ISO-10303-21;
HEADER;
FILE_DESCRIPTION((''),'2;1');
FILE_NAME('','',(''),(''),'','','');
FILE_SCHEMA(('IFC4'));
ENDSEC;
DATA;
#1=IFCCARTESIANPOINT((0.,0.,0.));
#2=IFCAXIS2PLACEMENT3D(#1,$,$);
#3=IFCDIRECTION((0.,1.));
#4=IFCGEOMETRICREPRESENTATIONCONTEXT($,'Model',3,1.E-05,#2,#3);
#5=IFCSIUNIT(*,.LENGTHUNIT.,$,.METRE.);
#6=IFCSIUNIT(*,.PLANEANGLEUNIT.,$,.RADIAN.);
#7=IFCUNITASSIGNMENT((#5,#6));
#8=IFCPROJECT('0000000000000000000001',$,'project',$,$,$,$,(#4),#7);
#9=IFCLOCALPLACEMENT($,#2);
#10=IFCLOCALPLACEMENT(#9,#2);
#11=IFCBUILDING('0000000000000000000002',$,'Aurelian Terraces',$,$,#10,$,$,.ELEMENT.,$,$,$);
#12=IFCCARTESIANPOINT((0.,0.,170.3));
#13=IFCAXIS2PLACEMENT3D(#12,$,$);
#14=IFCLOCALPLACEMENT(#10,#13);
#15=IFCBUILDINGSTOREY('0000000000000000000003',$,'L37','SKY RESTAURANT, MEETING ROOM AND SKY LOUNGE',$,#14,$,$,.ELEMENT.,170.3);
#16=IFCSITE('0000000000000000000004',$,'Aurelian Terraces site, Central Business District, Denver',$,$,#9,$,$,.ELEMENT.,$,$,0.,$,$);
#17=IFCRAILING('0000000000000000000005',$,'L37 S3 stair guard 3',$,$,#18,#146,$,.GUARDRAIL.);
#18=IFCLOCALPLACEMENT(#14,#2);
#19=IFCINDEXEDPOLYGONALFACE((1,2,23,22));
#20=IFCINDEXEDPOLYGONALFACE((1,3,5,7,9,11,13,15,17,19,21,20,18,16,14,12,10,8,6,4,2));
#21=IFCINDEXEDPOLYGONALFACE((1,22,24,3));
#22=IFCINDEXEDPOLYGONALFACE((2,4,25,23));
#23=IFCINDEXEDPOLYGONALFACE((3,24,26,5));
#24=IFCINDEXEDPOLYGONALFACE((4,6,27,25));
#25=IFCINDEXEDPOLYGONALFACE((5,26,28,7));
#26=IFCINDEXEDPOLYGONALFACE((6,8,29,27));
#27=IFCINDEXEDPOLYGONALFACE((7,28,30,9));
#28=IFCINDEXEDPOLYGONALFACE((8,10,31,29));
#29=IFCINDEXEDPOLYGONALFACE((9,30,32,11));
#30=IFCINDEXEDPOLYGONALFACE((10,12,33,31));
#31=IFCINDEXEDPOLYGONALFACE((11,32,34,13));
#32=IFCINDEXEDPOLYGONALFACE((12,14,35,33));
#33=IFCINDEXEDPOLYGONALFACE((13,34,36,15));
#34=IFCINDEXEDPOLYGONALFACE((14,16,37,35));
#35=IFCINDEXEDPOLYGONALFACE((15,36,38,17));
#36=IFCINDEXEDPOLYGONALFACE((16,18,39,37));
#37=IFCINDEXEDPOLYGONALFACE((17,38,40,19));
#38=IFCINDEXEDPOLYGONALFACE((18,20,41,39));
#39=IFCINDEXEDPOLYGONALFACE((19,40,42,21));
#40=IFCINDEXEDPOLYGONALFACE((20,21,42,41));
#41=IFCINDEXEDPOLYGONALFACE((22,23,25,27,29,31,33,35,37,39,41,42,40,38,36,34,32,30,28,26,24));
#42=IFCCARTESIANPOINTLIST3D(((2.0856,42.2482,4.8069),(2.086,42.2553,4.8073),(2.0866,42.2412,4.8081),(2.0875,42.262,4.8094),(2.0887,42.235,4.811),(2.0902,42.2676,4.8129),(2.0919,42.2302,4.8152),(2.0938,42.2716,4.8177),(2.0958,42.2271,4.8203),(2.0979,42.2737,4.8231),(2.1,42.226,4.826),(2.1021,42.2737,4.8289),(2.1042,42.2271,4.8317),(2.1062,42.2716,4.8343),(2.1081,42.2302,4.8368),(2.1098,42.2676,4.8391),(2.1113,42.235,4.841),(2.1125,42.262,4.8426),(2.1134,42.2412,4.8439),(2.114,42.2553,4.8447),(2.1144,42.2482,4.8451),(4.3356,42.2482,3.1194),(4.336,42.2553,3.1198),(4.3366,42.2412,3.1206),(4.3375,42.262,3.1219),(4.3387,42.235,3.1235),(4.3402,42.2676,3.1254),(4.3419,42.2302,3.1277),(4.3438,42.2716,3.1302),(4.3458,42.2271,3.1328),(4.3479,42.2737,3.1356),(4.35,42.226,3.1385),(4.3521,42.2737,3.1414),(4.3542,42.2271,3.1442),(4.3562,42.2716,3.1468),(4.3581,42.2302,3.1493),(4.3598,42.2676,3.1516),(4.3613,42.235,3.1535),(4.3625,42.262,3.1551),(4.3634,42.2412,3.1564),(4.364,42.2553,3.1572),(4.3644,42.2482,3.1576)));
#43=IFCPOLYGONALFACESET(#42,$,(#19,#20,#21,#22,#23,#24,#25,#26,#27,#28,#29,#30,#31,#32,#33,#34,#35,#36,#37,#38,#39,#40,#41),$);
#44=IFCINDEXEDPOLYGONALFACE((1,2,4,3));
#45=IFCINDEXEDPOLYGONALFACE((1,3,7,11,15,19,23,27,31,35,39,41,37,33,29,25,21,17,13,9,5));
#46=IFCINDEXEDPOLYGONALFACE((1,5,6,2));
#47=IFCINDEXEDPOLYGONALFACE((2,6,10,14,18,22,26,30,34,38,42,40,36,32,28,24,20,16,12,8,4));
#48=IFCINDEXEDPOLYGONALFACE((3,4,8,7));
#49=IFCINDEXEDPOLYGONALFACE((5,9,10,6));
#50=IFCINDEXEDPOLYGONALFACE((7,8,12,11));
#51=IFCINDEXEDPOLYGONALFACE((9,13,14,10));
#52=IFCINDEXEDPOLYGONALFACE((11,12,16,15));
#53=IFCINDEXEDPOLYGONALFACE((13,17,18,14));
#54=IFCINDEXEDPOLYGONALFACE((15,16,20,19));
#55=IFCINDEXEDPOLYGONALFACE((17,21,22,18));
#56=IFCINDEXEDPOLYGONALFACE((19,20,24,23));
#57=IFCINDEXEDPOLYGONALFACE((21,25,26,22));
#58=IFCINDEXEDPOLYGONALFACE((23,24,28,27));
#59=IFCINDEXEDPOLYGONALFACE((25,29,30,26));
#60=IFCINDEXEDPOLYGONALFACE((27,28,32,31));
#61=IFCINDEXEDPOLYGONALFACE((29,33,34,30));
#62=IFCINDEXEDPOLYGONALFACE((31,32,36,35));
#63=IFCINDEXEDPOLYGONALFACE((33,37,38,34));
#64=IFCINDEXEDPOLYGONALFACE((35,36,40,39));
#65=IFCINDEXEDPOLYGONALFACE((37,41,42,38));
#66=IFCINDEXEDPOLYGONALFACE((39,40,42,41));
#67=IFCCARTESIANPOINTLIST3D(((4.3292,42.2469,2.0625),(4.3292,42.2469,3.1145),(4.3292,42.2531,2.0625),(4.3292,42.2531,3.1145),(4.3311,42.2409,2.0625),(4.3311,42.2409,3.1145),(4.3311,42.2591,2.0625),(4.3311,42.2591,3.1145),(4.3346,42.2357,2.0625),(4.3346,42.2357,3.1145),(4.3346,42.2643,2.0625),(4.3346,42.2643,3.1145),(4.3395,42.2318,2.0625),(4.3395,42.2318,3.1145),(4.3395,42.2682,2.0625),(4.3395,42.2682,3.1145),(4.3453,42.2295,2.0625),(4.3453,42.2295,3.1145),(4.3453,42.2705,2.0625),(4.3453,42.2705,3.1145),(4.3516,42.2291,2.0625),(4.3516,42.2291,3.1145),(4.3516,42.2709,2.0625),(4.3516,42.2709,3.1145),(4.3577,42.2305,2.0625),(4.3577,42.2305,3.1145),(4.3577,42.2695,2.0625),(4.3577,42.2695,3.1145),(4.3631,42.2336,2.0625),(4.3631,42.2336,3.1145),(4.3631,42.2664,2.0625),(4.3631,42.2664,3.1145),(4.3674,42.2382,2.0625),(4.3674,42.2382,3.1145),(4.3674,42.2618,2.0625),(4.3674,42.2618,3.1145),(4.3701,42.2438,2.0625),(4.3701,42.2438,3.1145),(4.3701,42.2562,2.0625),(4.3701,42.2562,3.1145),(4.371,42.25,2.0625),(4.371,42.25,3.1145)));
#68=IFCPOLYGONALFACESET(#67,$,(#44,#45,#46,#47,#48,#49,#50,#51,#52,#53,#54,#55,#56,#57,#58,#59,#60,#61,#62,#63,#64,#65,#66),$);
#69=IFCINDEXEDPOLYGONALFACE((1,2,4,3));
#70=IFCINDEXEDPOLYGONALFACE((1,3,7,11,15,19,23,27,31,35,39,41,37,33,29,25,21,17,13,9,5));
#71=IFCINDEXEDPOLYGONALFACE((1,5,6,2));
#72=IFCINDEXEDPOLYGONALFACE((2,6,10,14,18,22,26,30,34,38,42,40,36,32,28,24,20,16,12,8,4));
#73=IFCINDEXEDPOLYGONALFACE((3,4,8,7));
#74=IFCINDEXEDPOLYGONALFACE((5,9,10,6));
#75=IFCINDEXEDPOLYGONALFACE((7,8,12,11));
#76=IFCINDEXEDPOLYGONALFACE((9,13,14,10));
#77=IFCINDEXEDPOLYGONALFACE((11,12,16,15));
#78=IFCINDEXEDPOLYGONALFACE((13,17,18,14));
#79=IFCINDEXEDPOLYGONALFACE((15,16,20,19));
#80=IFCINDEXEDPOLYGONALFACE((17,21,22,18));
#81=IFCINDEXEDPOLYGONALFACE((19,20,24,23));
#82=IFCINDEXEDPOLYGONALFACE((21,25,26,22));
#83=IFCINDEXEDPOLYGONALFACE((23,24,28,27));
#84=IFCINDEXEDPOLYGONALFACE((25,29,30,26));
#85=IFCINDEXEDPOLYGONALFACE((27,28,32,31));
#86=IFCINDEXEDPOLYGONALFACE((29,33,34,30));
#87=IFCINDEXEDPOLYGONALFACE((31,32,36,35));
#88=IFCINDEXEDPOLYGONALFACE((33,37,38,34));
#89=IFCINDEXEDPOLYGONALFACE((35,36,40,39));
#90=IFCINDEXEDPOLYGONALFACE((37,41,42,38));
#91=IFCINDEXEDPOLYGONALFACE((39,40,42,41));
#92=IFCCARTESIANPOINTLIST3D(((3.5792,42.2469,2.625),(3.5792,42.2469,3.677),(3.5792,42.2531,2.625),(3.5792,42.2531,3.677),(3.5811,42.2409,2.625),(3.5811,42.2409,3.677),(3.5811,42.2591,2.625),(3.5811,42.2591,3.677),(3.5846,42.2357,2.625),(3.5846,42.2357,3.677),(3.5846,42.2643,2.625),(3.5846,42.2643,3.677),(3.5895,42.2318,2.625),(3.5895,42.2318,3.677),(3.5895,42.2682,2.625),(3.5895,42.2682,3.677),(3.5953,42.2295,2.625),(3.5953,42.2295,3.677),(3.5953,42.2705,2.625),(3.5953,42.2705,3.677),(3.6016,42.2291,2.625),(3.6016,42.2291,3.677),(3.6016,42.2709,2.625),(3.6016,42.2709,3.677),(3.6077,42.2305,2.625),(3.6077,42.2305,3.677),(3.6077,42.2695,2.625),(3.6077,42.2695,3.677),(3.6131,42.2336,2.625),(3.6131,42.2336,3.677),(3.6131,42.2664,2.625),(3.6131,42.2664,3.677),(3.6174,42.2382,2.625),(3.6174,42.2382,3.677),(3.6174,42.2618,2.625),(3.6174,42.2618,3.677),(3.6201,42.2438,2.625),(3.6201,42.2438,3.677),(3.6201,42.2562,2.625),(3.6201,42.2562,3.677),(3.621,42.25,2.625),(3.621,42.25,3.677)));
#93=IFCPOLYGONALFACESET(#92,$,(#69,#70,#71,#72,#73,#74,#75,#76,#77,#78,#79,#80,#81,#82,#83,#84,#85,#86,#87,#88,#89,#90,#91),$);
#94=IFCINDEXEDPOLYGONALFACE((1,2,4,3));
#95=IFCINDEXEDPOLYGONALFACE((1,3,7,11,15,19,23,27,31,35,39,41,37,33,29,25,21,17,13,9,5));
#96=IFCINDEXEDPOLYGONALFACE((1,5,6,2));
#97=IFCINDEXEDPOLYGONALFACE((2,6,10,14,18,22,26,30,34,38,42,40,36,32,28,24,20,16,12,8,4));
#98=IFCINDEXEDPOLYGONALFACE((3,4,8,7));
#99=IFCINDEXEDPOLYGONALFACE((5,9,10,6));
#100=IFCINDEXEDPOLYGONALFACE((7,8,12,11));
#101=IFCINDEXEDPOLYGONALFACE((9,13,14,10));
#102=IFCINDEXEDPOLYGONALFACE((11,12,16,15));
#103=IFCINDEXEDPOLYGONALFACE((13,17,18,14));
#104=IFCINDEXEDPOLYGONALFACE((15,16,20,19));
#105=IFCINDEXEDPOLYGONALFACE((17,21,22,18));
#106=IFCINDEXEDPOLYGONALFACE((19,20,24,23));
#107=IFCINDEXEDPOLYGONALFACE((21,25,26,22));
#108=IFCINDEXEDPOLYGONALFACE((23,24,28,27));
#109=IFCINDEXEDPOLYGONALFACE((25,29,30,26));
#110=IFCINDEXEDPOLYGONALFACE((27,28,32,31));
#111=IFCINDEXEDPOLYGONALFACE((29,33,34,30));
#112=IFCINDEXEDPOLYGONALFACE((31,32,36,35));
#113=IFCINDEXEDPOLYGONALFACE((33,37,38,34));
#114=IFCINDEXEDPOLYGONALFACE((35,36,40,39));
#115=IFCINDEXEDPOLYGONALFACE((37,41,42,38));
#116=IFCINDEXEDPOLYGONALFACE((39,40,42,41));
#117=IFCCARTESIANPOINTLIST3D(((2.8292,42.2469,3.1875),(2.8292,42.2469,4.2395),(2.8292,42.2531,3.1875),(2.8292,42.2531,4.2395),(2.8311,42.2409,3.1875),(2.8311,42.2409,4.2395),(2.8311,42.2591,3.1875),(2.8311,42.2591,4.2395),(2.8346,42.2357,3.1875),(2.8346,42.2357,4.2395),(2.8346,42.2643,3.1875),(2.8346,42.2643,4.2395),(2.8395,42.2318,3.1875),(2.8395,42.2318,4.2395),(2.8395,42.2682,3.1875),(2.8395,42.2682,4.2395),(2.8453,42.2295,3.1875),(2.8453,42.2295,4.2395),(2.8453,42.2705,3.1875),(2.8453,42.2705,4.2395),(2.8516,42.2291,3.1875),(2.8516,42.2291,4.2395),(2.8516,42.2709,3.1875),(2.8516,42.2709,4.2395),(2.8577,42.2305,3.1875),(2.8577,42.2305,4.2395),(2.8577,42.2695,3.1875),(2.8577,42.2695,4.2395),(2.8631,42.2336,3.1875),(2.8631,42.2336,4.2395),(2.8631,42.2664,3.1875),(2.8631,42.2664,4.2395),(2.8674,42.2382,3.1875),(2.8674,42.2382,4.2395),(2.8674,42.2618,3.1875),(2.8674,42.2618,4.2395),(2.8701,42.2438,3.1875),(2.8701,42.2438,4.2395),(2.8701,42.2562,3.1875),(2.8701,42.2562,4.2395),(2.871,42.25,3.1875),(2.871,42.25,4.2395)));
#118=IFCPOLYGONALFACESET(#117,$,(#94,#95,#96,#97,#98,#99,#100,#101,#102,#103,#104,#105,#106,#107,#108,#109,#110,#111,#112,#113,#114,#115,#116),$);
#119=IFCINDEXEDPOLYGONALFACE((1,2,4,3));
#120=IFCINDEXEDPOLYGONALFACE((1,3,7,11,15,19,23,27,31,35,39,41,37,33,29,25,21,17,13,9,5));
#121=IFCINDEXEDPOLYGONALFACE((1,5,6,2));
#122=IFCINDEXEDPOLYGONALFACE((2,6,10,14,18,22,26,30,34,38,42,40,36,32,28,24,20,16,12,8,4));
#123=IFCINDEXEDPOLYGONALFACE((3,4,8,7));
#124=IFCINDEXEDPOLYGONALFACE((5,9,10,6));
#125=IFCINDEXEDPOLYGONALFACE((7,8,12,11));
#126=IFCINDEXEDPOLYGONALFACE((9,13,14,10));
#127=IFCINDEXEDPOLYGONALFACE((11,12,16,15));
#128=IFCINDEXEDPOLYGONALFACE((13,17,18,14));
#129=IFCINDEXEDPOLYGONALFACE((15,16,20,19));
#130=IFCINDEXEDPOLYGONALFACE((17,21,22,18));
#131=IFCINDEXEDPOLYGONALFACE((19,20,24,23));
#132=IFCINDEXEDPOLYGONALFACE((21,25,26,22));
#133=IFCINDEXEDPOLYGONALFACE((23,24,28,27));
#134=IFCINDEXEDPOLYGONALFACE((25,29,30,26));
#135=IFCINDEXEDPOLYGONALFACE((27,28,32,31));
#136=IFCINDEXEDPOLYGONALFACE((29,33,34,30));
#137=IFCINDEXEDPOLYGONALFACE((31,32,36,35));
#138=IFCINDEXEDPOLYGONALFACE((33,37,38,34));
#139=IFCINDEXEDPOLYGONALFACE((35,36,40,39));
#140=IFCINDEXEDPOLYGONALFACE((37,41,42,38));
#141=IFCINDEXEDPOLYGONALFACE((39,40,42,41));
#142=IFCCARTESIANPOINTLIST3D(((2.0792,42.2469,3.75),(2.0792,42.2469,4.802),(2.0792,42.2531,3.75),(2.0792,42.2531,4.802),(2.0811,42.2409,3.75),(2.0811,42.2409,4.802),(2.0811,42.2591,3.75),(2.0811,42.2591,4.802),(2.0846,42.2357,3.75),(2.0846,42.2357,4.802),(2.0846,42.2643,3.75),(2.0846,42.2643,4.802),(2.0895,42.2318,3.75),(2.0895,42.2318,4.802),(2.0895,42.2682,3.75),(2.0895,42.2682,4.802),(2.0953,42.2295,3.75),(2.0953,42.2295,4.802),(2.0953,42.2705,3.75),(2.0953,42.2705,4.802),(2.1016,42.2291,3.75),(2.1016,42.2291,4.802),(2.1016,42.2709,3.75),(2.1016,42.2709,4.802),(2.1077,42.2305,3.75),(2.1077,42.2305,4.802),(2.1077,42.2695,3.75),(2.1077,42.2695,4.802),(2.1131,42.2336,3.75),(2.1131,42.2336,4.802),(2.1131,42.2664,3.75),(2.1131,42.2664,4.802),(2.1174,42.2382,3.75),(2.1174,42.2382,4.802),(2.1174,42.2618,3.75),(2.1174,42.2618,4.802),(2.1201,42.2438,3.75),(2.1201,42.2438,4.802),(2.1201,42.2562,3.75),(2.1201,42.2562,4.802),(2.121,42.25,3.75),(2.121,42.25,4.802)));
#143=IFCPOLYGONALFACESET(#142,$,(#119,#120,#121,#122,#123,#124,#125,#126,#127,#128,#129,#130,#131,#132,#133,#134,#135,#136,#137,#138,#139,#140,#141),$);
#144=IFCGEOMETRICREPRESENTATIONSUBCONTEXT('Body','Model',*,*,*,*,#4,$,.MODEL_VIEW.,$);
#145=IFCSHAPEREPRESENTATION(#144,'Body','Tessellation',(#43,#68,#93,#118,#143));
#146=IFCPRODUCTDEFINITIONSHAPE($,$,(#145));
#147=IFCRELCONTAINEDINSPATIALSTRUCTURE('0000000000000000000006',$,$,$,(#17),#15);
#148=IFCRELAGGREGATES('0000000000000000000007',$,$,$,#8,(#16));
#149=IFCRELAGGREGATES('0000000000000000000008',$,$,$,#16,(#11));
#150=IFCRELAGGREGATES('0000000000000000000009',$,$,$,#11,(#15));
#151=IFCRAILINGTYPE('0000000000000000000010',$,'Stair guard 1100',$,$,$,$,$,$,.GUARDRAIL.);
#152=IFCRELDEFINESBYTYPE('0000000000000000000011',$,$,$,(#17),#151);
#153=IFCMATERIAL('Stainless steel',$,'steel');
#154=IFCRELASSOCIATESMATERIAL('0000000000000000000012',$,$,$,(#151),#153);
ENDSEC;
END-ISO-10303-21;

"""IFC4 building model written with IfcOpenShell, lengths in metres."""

from ifc_helpers import new_model, si_unit, direction, frame, origin, origin_2d, place, context, subcontext, project, spatial, circle, extrude, source, transform, mapped, material, type_object, element, save


model = new_model("IFC4")

# Units and contexts
model_context = context("Model", 3, precision=1e-05, world=origin(), true_north=direction((0.0, 1.0)))
body_context = subcontext(model_context, "Body", "Model", "MODEL_VIEW")
ifc_project = project(units=[si_unit("LENGTHUNIT", "METRE"), si_unit("PLANEANGLEUNIT", "RADIAN")], contexts=[model_context])

# Site, building, storey
site_placement = place(None, origin())
site = spatial("IfcSite", under=ifc_project, at=site_placement, Name="Aurelian Terraces site, Central Business District, Denver", CompositionType="ELEMENT", RefElevation=0.0)
building_placement = place(site_placement, origin())
building = spatial("IfcBuilding", under=site, at=building_placement, Name="Aurelian Terraces", CompositionType="ELEMENT")
storey_placement = place(building_placement, frame((0.0, 0.0, 170.3)))
storey = spatial("IfcBuildingStorey", under=building, at=storey_placement, Name="L37", Description="SKY RESTAURANT, MEETING ROOM AND SKY LOUNGE", CompositionType="ELEMENT", Elevation=170.3)

# Railing
ifc_material_1 = material(Name="Stainless steel", Category="steel")
railing_type_1 = type_object("IfcRailingType", Name="Stair guard 1100", PredefinedType="GUARDRAIL", material=ifc_material_1)
shared_shape_1 = source(origin(), body_context, "Body", "SweptSolid", [
    extrude(circle(Radius=0.024, at=origin_2d()), frame((0.0, 0.0, 1.076), z_axis=(-0.8, 0.0, 0.6), x_axis=(0.0, -1.0, 0.0)), (0.0, 0.0, 1.0), 2.8125),
    extrude(circle(Radius=0.021, at=origin_2d()), origin(), (0.0, 0.0, 1.0), 1.052),
    extrude(circle(Radius=0.021, at=origin_2d()), frame((-0.75, 0.0, 0.5625)), (0.0, 0.0, 1.0), 1.052),
    extrude(circle(Radius=0.021, at=origin_2d()), frame((-1.5, 0.0, 1.125)), (0.0, 0.0, 1.0), 1.052),
    extrude(circle(Radius=0.021, at=origin_2d()), frame((-2.25, 0.0, 1.6875)), (0.0, 0.0, 1.0), 1.052),
])
for number, where, name in (
    (1, (4.35, 42.25, 2.0625), "L37 S3 stair guard 3"),
):
    element("IfcRailing", number, at=place(storey_placement, frame(where)), inside=storey, type_object=railing_type_1, Name=name, PredefinedType="GUARDRAIL", context=body_context, shape_type="MappedRepresentation", body=[
        mapped(shared_shape_1, transform((0.0, 0.0, 0.0), scale=1.0)),
    ])

save(model, "model.ifc")
